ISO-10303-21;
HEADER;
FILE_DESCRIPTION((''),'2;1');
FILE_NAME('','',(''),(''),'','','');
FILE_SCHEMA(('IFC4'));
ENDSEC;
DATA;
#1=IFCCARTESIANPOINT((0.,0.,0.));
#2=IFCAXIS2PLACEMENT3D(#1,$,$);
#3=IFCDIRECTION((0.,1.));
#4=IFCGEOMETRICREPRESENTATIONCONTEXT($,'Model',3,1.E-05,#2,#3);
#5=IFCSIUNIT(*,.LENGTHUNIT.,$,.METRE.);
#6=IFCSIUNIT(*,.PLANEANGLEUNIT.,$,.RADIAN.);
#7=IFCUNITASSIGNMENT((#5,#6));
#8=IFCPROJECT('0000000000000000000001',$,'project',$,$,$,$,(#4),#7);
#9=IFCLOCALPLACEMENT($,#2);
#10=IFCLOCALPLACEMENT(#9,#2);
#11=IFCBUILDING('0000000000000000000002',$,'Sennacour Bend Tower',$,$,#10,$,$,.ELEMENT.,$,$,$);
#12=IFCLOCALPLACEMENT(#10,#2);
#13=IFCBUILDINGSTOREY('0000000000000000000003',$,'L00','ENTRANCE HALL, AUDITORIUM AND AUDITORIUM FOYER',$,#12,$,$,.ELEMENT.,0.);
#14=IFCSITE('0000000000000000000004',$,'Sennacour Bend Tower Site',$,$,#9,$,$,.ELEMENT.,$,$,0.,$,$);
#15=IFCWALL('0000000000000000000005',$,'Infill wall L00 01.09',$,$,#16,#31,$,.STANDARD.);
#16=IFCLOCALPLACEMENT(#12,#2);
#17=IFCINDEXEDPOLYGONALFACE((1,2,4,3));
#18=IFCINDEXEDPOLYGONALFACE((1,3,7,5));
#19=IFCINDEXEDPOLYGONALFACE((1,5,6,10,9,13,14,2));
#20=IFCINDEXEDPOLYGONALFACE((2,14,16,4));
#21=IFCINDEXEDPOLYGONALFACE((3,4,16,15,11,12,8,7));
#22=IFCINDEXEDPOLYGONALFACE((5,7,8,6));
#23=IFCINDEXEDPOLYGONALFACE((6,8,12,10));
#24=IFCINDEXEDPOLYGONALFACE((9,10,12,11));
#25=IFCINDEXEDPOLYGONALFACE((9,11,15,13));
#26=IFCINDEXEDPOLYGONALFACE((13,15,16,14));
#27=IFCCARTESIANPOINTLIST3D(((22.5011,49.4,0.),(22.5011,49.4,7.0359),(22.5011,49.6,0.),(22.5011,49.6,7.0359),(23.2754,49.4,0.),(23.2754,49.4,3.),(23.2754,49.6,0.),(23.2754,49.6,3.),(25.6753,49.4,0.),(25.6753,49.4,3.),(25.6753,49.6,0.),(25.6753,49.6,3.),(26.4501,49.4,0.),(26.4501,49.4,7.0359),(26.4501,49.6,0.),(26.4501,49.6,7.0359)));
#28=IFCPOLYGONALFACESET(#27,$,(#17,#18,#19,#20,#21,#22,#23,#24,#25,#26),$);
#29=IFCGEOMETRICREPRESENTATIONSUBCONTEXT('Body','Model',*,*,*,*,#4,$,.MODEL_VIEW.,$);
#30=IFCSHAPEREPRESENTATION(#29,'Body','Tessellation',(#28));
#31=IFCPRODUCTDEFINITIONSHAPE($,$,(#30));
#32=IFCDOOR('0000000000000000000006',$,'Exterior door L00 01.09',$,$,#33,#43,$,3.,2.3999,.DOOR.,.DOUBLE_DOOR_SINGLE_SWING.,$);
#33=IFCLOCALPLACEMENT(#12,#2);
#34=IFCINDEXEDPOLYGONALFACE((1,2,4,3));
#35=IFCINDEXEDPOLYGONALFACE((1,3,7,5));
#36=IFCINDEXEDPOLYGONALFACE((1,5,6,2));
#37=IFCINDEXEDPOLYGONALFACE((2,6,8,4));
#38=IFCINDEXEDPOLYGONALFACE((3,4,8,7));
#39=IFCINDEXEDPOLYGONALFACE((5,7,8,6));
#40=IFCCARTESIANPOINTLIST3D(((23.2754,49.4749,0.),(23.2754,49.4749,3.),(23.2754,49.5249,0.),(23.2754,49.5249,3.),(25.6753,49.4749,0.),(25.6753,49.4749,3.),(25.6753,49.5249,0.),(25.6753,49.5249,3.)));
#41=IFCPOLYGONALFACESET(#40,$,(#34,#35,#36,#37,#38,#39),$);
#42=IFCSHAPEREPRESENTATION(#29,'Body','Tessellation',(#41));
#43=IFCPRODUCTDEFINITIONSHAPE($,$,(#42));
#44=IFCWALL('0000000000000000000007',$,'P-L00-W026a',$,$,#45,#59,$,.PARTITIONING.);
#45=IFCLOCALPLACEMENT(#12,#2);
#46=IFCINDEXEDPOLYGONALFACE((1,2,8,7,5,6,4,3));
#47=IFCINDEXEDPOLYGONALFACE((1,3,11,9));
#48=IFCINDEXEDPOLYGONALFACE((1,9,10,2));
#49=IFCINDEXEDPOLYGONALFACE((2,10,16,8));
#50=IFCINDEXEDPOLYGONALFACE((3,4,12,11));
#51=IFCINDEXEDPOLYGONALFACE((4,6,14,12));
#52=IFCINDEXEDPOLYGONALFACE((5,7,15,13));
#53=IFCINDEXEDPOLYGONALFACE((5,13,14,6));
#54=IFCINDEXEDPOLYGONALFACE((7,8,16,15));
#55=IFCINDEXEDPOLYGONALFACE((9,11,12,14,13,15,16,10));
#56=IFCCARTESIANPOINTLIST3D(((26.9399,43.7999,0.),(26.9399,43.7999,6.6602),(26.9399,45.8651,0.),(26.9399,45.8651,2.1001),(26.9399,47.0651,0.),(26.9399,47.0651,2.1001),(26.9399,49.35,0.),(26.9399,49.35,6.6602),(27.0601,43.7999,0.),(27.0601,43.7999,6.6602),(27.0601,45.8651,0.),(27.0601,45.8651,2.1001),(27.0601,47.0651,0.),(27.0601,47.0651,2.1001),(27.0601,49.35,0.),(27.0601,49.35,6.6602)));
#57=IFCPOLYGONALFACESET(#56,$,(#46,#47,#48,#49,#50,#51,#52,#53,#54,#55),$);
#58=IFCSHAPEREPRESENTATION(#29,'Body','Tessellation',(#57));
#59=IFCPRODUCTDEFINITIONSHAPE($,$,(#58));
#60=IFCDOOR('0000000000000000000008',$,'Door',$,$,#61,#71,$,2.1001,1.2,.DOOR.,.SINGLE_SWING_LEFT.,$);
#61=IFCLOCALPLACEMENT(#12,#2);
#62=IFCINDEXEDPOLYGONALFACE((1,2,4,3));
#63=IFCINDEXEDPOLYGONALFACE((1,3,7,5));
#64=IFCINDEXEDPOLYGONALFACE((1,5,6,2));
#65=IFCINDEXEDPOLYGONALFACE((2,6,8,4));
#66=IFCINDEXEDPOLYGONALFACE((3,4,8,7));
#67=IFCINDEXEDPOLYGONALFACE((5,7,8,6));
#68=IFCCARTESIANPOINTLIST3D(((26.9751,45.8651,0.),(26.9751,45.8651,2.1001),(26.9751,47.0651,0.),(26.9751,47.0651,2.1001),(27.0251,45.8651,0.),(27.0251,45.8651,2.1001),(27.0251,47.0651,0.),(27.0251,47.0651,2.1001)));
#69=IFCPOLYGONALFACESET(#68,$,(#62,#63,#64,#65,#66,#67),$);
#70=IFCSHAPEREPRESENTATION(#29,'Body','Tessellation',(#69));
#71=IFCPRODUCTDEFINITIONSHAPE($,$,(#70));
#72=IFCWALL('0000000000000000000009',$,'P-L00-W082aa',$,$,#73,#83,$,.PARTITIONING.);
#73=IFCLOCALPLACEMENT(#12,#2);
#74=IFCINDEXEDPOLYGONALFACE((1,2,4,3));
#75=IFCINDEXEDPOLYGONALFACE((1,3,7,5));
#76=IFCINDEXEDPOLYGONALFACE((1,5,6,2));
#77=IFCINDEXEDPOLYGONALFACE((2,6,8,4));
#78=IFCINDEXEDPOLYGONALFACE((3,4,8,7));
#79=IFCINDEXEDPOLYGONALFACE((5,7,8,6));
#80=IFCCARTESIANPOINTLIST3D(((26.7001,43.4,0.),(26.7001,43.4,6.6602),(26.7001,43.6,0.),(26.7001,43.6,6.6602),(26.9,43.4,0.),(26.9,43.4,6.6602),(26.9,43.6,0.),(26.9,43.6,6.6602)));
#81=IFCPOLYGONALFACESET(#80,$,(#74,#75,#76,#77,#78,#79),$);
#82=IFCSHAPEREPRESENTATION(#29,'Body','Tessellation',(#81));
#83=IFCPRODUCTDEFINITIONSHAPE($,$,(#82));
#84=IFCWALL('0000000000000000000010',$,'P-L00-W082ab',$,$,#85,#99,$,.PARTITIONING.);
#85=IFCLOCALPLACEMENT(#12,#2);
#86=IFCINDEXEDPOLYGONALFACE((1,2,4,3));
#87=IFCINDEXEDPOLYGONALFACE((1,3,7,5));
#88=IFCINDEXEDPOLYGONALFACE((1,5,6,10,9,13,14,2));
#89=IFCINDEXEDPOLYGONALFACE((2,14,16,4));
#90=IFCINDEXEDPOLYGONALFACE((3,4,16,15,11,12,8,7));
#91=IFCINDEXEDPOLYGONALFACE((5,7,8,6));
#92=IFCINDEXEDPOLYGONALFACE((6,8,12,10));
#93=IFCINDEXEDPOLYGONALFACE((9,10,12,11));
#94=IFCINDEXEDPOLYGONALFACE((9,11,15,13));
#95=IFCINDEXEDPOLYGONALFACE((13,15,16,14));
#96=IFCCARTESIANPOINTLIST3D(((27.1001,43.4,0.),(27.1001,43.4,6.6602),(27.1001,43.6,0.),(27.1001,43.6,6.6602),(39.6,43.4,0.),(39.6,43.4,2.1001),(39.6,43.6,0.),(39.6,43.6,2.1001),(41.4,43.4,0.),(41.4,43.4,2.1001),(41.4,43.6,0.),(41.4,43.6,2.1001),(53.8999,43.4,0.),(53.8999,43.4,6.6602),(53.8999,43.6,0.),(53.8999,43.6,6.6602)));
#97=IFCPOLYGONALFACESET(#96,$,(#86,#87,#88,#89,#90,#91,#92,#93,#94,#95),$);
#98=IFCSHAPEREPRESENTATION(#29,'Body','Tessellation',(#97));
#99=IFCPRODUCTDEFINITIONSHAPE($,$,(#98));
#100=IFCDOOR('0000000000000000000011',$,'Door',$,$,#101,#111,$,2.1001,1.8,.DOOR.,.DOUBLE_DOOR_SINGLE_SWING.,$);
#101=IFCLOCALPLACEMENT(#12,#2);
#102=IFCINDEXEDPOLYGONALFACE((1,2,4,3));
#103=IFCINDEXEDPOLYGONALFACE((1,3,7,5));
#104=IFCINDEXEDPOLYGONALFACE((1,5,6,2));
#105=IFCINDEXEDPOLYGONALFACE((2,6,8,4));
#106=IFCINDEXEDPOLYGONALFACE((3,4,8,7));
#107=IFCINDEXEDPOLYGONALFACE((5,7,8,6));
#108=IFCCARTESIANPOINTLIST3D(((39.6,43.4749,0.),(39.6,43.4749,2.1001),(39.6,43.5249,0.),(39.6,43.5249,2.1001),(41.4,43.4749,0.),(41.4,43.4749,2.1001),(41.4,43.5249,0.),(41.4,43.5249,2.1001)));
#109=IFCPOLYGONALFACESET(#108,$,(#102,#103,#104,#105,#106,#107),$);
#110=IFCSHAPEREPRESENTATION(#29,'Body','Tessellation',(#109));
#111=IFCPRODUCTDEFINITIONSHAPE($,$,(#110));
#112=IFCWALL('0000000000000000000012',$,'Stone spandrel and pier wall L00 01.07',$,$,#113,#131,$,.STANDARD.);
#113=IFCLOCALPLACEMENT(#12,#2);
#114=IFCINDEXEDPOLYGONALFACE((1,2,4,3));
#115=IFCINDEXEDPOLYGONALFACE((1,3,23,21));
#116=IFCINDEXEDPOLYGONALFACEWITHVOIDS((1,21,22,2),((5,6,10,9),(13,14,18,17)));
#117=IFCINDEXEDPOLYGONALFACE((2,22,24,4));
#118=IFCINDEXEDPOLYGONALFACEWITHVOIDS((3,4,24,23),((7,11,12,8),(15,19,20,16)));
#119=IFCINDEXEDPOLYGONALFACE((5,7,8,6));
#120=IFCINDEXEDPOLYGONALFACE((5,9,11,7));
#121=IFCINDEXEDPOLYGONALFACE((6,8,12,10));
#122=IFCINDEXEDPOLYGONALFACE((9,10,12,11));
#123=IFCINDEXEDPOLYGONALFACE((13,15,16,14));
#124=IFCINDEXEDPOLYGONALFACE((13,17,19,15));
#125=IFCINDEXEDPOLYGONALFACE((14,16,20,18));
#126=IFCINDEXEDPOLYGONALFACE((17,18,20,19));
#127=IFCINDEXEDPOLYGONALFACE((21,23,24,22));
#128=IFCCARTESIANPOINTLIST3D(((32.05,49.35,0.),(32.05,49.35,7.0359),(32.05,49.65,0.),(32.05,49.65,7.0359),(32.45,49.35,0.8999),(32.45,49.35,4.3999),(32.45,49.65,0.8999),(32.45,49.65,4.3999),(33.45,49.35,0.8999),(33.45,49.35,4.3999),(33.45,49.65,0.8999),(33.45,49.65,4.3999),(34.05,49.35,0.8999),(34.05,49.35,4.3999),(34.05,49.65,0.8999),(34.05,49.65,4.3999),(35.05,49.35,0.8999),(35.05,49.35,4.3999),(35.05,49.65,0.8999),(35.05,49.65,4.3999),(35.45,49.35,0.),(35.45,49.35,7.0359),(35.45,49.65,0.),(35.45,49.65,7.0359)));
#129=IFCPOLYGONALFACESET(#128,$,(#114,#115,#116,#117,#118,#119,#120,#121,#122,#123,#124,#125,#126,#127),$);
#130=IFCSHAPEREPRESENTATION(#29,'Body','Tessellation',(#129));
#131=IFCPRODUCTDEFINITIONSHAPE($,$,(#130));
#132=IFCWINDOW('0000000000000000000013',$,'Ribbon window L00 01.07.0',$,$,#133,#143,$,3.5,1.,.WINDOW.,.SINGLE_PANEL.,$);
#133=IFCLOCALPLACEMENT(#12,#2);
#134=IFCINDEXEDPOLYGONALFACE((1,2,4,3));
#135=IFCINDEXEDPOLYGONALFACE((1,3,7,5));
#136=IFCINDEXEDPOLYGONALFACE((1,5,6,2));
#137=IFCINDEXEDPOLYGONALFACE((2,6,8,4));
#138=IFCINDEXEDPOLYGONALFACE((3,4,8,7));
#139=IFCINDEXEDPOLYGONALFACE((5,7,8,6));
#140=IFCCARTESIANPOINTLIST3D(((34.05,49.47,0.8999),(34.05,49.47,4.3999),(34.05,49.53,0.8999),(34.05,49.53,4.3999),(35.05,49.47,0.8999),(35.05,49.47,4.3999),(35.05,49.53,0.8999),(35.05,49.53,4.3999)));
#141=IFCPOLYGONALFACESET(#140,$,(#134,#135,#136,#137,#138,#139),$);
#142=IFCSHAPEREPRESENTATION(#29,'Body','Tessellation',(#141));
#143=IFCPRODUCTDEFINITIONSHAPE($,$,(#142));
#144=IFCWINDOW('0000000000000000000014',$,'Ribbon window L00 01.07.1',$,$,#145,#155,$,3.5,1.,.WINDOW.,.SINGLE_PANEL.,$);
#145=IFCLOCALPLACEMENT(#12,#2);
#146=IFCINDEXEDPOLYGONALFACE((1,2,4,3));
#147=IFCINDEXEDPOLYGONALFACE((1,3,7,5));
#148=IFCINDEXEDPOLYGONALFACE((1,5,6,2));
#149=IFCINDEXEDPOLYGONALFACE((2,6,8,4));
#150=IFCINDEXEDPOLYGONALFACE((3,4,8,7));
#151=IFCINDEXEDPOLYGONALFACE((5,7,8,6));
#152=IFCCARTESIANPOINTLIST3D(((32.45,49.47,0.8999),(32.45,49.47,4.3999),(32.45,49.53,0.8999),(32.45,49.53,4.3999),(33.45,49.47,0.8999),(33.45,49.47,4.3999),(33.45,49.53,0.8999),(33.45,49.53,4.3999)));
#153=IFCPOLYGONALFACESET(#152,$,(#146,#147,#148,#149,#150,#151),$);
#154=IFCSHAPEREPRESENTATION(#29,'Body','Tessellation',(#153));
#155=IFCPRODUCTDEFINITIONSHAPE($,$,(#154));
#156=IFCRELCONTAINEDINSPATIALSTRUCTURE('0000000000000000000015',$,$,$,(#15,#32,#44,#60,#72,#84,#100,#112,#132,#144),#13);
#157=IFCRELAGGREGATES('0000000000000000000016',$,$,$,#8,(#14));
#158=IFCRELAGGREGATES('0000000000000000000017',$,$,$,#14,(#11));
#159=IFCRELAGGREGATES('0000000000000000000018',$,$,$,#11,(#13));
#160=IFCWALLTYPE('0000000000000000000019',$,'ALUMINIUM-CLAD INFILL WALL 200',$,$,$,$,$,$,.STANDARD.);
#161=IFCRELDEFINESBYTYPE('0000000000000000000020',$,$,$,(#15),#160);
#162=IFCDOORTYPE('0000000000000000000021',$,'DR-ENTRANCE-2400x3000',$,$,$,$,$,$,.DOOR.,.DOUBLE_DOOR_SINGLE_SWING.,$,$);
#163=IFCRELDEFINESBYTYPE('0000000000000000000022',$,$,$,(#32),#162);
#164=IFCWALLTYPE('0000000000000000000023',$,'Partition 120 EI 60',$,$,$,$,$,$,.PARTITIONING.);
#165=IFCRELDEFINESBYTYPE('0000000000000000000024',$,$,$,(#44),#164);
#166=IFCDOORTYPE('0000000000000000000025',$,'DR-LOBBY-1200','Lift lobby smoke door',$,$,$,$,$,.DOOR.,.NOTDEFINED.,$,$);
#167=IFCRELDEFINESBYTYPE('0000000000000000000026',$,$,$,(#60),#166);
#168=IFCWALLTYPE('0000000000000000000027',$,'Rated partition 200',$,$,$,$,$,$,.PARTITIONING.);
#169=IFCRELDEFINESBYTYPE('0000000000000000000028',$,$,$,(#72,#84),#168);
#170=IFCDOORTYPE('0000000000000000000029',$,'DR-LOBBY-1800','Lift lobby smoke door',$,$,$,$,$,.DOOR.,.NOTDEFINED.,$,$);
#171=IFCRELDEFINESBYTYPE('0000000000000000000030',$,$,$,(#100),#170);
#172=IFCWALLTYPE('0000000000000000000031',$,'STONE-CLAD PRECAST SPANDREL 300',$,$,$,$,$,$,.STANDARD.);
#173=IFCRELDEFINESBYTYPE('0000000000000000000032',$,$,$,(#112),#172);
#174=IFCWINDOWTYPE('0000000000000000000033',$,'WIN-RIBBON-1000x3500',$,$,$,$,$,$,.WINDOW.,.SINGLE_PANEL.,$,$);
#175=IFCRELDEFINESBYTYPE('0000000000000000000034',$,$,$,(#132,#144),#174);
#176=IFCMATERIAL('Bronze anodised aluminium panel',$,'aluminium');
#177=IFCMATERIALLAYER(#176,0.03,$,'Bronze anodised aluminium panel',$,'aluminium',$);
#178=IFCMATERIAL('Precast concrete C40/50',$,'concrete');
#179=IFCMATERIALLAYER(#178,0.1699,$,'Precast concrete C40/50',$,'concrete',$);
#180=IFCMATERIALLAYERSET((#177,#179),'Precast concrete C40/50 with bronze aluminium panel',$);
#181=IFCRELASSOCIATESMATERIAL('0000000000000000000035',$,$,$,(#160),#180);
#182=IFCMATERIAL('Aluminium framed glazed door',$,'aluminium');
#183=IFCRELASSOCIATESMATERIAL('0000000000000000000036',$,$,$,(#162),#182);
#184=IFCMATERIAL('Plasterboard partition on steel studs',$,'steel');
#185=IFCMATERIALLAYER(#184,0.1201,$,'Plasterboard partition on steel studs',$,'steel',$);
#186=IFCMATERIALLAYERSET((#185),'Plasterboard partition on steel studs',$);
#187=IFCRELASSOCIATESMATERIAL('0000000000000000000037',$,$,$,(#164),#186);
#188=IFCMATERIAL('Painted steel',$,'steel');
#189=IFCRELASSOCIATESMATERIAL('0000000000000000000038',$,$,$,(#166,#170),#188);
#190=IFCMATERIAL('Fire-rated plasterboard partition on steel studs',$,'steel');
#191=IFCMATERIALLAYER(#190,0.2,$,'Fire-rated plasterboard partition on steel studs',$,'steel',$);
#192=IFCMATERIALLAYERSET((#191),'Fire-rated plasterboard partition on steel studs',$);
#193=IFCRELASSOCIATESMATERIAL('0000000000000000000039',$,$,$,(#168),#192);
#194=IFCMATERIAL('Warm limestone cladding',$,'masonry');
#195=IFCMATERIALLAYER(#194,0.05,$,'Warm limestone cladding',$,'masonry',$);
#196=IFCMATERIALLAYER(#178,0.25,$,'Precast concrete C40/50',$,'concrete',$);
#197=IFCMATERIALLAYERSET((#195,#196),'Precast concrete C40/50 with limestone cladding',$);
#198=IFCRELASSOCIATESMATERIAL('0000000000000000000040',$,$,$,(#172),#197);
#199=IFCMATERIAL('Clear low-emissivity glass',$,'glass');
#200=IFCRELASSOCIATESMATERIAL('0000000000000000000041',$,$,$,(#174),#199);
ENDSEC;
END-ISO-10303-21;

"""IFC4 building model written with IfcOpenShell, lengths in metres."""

from ifc_helpers import new_model, si_unit, direction, frame, frame_2d, origin, place, context, subcontext, project, spatial, rectangle, extrude, material, layer, layer_set, type_object, element, fill, save


model = new_model("IFC4")

# Units and contexts
model_context = context("Model", 3, precision=1e-05, world=origin(), true_north=direction((0.0, 1.0)))
body_context = subcontext(model_context, "Body", "Model", "MODEL_VIEW")
ifc_project = project(units=[si_unit("LENGTHUNIT", "METRE"), si_unit("PLANEANGLEUNIT", "RADIAN")], contexts=[model_context])

# Site, building, storey
site_placement = place(None, origin())
site = spatial("IfcSite", under=ifc_project, at=site_placement, Name="Sennacour Bend Tower Site", CompositionType="ELEMENT", RefElevation=0.0)
building_placement = place(site_placement, origin())
building = spatial("IfcBuilding", under=site, at=building_placement, Name="Sennacour Bend Tower", CompositionType="ELEMENT")
storey_placement = place(building_placement, origin())
storey = spatial("IfcBuildingStorey", under=building, at=storey_placement, Name="L00", Description="ENTRANCE HALL, AUDITORIUM AND AUDITORIUM FOYER", CompositionType="ELEMENT", Elevation=0.0)

# Walls, openings, doors
ifc_material_1 = material(Name="Bronze anodised aluminium panel", Category="aluminium")
ifc_layer_1 = layer(ifc_material_1, 0.03, Name="Bronze anodised aluminium panel", Category="aluminium")
ifc_material_2 = material(Name="Precast concrete C40/50", Category="concrete")
ifc_layer_2 = layer(ifc_material_2, 0.1699, Name="Precast concrete C40/50", Category="concrete")
ifc_layer_set_1 = layer_set([ifc_layer_1, ifc_layer_2], Name="Precast concrete C40/50 with bronze aluminium panel")
wall_type_1 = type_object("IfcWallType", Name="ALUMINIUM-CLAD INFILL WALL 200", PredefinedType="STANDARD", material=ifc_layer_set_1)
wall_1_placement = place(storey_placement, frame((22.501, 49.5, 0.0), z_axis=(0.0, 0.0, 1.0), x_axis=(1.0, 0.0, 0.0)))
wall_1 = element("IfcWall", 1, at=wall_1_placement, inside=storey, type_object=wall_type_1, Name="Infill wall L00 01.09", PredefinedType="STANDARD", context=body_context, shape_type="SweptSolid", body=[
    extrude(rectangle(XDim=3.949, YDim=0.2, at=frame_2d((1.9746, 0.0))), origin(), (0.0, 0.0, 1.0), 7.0359),
])
opening_1_placement = place(wall_1_placement, frame((0.7744, 0.0, 0.0)))
opening_1 = element("IfcOpeningElement", 2, at=opening_1_placement, cuts=wall_1, PredefinedType="OPENING", context=body_context, shape_type="SweptSolid", body=[
    extrude(rectangle(XDim=2.3999, YDim=3.0, at=frame_2d((1.2, 1.5))), frame((0.0, 0.1099, 0.0), z_axis=(0.0, -1.0, 0.0), x_axis=(1.0, 0.0, 0.0)), (0.0, 0.0, 1.0), 0.22),
])
ifc_material_3 = material(Name="Aluminium framed glazed door", Category="aluminium")
door_type_1 = type_object("IfcDoorType", Name="DR-ENTRANCE-2400x3000", OperationType="DOUBLE_DOOR_SINGLE_SWING", PredefinedType="DOOR", material=ifc_material_3)
door_1_placement = place(opening_1_placement, origin())
door_1 = element("IfcDoor", 3, at=door_1_placement, inside=storey, type_object=door_type_1, Name="Exterior door L00 01.09", OperationType="DOUBLE_DOOR_SINGLE_SWING", OverallHeight=3.0, OverallWidth=2.3999, PredefinedType="DOOR", context=body_context, shape_type="SweptSolid", body=[
    extrude(rectangle(XDim=2.3999, YDim=3.0, at=frame_2d((1.2, 1.5))), frame((0.0, 0.0249, 0.0), z_axis=(0.0, -1.0, 0.0), x_axis=(1.0, 0.0, 0.0)), (0.0, 0.0, 1.0), 0.05),
])
fill(opening_1, door_1)
ifc_material_4 = material(Name="Plasterboard partition on steel studs", Category="steel")
ifc_layer_3 = layer(ifc_material_4, 0.1201, Name="Plasterboard partition on steel studs", Category="steel")
ifc_layer_set_2 = layer_set([ifc_layer_3], Name="Plasterboard partition on steel studs")
wall_type_2 = type_object("IfcWallType", Name="Partition 120 EI 60", PredefinedType="PARTITIONING", material=ifc_layer_set_2)
wall_2_placement = place(storey_placement, frame((27.0, 43.8, 0.0), z_axis=(0.0, 0.0, 1.0), x_axis=(0.0, 1.0, 0.0)))
wall_2 = element("IfcWall", 4, at=wall_2_placement, inside=storey, type_object=wall_type_2, Name="P-L00-W026a", PredefinedType="PARTITIONING", context=body_context, shape_type="SweptSolid", body=[
    extrude(rectangle(XDim=5.55, YDim=0.1201, at=frame_2d((2.7749, 0.0))), origin(), (0.0, 0.0, 1.0), 6.6602),
])
opening_2_placement = place(wall_2_placement, frame((2.0649, 0.0, 0.0)))
opening_2 = element("IfcOpeningElement", 5, at=opening_2_placement, cuts=wall_2, PredefinedType="OPENING", context=body_context, shape_type="SweptSolid", body=[
    extrude(rectangle(XDim=1.2, YDim=2.1001, at=frame_2d((0.6001, 1.05))), frame((0.0, 0.0701, 0.0), z_axis=(0.0, -1.0, 0.0), x_axis=(1.0, 0.0, 0.0)), (0.0, 0.0, 1.0), 0.1401),
])
ifc_material_5 = material(Name="Painted steel", Category="steel")
door_type_2 = type_object("IfcDoorType", Name="DR-LOBBY-1200", Description="Lift lobby smoke door", OperationType="NOTDEFINED", PredefinedType="DOOR", material=ifc_material_5)
door_2_placement = place(opening_2_placement, origin())
door_2 = element("IfcDoor", 6, at=door_2_placement, inside=storey, type_object=door_type_2, Name="Door", OperationType="SINGLE_SWING_LEFT", OverallHeight=2.1001, OverallWidth=1.2, PredefinedType="DOOR", context=body_context, shape_type="SweptSolid", body=[
    extrude(rectangle(XDim=1.2, YDim=2.1001, at=frame_2d((0.6001, 1.05))), frame((0.0, 0.0249, 0.0), z_axis=(0.0, -1.0, 0.0), x_axis=(1.0, 0.0, 0.0)), (0.0, 0.0, 1.0), 0.05),
])
fill(opening_2, door_2)

# Wall
ifc_material_6 = material(Name="Fire-rated plasterboard partition on steel studs", Category="steel")
ifc_layer_4 = layer(ifc_material_6, 0.2, Name="Fire-rated plasterboard partition on steel studs", Category="steel")
ifc_layer_set_3 = layer_set([ifc_layer_4], Name="Fire-rated plasterboard partition on steel studs")
wall_type_3 = type_object("IfcWallType", Name="Rated partition 200", PredefinedType="PARTITIONING", material=ifc_layer_set_3)
wall_3_placement = place(storey_placement, frame((26.7, 43.5, 0.0), z_axis=(0.0, 0.0, 1.0), x_axis=(1.0, 0.0, 0.0)))
element("IfcWall", 7, at=wall_3_placement, inside=storey, type_object=wall_type_3, Name="P-L00-W082aa", PredefinedType="PARTITIONING", context=body_context, shape_type="SweptSolid", body=[
    extrude(rectangle(XDim=0.2, YDim=0.2, at=frame_2d((0.1001, 0.0))), origin(), (0.0, 0.0, 1.0), 6.6602),
])

# Wall, opening, door
wall_4_placement = place(storey_placement, frame((27.1001, 43.5, 0.0), z_axis=(0.0, 0.0, 1.0), x_axis=(1.0, 0.0, 0.0)))
wall_4 = element("IfcWall", 8, at=wall_4_placement, inside=storey, type_object=wall_type_3, Name="P-L00-W082ab", PredefinedType="PARTITIONING", context=body_context, shape_type="SweptSolid", body=[
    extrude(rectangle(XDim=26.7998, YDim=0.2, at=frame_2d((13.3999, 0.0))), origin(), (0.0, 0.0, 1.0), 6.6602),
])
opening_3_placement = place(wall_4_placement, frame((12.5, 0.0, 0.0)))
opening_3 = element("IfcOpeningElement", 9, at=opening_3_placement, cuts=wall_4, PredefinedType="OPENING", context=body_context, shape_type="SweptSolid", body=[
    extrude(rectangle(XDim=1.8, YDim=2.1001, at=frame_2d((0.8999, 1.05))), frame((0.0, 0.1099, 0.0), z_axis=(0.0, -1.0, 0.0), x_axis=(1.0, 0.0, 0.0)), (0.0, 0.0, 1.0), 0.22),
])
door_type_3 = type_object("IfcDoorType", Name="DR-LOBBY-1800", Description="Lift lobby smoke door", OperationType="NOTDEFINED", PredefinedType="DOOR", material=ifc_material_5)
door_3_placement = place(opening_3_placement, origin())
door_3 = element("IfcDoor", 10, at=door_3_placement, inside=storey, type_object=door_type_3, Name="Door", OperationType="DOUBLE_DOOR_SINGLE_SWING", OverallHeight=2.1001, OverallWidth=1.8, PredefinedType="DOOR", context=body_context, shape_type="SweptSolid", body=[
    extrude(rectangle(XDim=1.8, YDim=2.1001, at=frame_2d((0.8999, 1.05))), frame((0.0, 0.0249, 0.0), z_axis=(0.0, -1.0, 0.0), x_axis=(1.0, 0.0, 0.0)), (0.0, 0.0, 1.0), 0.05),
])
fill(opening_3, door_3)

# Wall, openings, windows
ifc_material_7 = material(Name="Warm limestone cladding", Category="masonry")
ifc_layer_5 = layer(ifc_material_7, 0.05, Name="Warm limestone cladding", Category="masonry")
ifc_layer_6 = layer(ifc_material_2, 0.25, Name="Precast concrete C40/50", Category="concrete")
ifc_layer_set_4 = layer_set([ifc_layer_5, ifc_layer_6], Name="Precast concrete C40/50 with limestone cladding")
wall_type_4 = type_object("IfcWallType", Name="STONE-CLAD PRECAST SPANDREL 300", PredefinedType="STANDARD", material=ifc_layer_set_4)
wall_5_placement = place(storey_placement, frame((35.45, 49.5, 0.0), z_axis=(0.0, 0.0, 1.0), x_axis=(-1.0, 0.0, 0.0)))
wall_5 = element("IfcWall", 11, at=wall_5_placement, inside=storey, type_object=wall_type_4, Name="Stone spandrel and pier wall L00 01.07", PredefinedType="STANDARD", context=body_context, shape_type="SweptSolid", body=[
    extrude(rectangle(XDim=3.3999, YDim=0.3, at=frame_2d((1.7, 0.0))), origin(), (0.0, 0.0, 1.0), 7.0359),
])
opening_4_placement = place(wall_5_placement, frame((0.3999, 0.0, 0.8999)))
opening_4 = element("IfcOpeningElement", 12, at=opening_4_placement, cuts=wall_5, PredefinedType="OPENING", context=body_context, shape_type="SweptSolid", body=[
    extrude(rectangle(XDim=1.0, YDim=3.5, at=frame_2d((0.5, 1.75))), frame((0.0, 0.1602, 0.0), z_axis=(0.0, -1.0, 0.0), x_axis=(1.0, 0.0, 0.0)), (0.0, 0.0, 1.0), 0.3201),
])
opening_5_placement = place(wall_5_placement, frame((2.0, 0.0, 0.8999)))
opening_5 = element("IfcOpeningElement", 13, at=opening_5_placement, cuts=wall_5, PredefinedType="OPENING", context=body_context, shape_type="SweptSolid", body=[
    extrude(rectangle(XDim=1.0, YDim=3.5, at=frame_2d((0.5, 1.75))), frame((0.0, 0.1602, 0.0), z_axis=(0.0, -1.0, 0.0), x_axis=(1.0, 0.0, 0.0)), (0.0, 0.0, 1.0), 0.3201),
])
ifc_material_8 = material(Name="Clear low-emissivity glass", Category="glass")
window_type = type_object("IfcWindowType", Name="WIN-RIBBON-1000x3500", PartitioningType="SINGLE_PANEL", PredefinedType="WINDOW", material=ifc_material_8)
window_1_placement = place(opening_4_placement, origin())
window_1 = element("IfcWindow", 14, at=window_1_placement, inside=storey, type_object=window_type, Name="Ribbon window L00 01.07.0", OverallHeight=3.5, OverallWidth=1.0, PartitioningType="SINGLE_PANEL", PredefinedType="WINDOW", context=body_context, shape_type="SweptSolid", body=[
    extrude(rectangle(XDim=1.0, YDim=3.5, at=frame_2d((0.5, 1.75))), frame((0.0, 0.03, 0.0), z_axis=(0.0, -1.0, 0.0), x_axis=(1.0, 0.0, 0.0)), (0.0, 0.0, 1.0), 0.0601),
])
fill(opening_4, window_1)
window_2_placement = place(opening_5_placement, origin())
window_2 = element("IfcWindow", 15, at=window_2_placement, inside=storey, type_object=window_type, Name="Ribbon window L00 01.07.1", OverallHeight=3.5, OverallWidth=1.0, PartitioningType="SINGLE_PANEL", PredefinedType="WINDOW", context=body_context, shape_type="SweptSolid", body=[
    extrude(rectangle(XDim=1.0, YDim=3.5, at=frame_2d((0.5, 1.75))), frame((0.0, 0.03, 0.0), z_axis=(0.0, -1.0, 0.0), x_axis=(1.0, 0.0, 0.0)), (0.0, 0.0, 1.0), 0.0601),
])
fill(opening_5, window_2)

save(model, "model.ifc")
